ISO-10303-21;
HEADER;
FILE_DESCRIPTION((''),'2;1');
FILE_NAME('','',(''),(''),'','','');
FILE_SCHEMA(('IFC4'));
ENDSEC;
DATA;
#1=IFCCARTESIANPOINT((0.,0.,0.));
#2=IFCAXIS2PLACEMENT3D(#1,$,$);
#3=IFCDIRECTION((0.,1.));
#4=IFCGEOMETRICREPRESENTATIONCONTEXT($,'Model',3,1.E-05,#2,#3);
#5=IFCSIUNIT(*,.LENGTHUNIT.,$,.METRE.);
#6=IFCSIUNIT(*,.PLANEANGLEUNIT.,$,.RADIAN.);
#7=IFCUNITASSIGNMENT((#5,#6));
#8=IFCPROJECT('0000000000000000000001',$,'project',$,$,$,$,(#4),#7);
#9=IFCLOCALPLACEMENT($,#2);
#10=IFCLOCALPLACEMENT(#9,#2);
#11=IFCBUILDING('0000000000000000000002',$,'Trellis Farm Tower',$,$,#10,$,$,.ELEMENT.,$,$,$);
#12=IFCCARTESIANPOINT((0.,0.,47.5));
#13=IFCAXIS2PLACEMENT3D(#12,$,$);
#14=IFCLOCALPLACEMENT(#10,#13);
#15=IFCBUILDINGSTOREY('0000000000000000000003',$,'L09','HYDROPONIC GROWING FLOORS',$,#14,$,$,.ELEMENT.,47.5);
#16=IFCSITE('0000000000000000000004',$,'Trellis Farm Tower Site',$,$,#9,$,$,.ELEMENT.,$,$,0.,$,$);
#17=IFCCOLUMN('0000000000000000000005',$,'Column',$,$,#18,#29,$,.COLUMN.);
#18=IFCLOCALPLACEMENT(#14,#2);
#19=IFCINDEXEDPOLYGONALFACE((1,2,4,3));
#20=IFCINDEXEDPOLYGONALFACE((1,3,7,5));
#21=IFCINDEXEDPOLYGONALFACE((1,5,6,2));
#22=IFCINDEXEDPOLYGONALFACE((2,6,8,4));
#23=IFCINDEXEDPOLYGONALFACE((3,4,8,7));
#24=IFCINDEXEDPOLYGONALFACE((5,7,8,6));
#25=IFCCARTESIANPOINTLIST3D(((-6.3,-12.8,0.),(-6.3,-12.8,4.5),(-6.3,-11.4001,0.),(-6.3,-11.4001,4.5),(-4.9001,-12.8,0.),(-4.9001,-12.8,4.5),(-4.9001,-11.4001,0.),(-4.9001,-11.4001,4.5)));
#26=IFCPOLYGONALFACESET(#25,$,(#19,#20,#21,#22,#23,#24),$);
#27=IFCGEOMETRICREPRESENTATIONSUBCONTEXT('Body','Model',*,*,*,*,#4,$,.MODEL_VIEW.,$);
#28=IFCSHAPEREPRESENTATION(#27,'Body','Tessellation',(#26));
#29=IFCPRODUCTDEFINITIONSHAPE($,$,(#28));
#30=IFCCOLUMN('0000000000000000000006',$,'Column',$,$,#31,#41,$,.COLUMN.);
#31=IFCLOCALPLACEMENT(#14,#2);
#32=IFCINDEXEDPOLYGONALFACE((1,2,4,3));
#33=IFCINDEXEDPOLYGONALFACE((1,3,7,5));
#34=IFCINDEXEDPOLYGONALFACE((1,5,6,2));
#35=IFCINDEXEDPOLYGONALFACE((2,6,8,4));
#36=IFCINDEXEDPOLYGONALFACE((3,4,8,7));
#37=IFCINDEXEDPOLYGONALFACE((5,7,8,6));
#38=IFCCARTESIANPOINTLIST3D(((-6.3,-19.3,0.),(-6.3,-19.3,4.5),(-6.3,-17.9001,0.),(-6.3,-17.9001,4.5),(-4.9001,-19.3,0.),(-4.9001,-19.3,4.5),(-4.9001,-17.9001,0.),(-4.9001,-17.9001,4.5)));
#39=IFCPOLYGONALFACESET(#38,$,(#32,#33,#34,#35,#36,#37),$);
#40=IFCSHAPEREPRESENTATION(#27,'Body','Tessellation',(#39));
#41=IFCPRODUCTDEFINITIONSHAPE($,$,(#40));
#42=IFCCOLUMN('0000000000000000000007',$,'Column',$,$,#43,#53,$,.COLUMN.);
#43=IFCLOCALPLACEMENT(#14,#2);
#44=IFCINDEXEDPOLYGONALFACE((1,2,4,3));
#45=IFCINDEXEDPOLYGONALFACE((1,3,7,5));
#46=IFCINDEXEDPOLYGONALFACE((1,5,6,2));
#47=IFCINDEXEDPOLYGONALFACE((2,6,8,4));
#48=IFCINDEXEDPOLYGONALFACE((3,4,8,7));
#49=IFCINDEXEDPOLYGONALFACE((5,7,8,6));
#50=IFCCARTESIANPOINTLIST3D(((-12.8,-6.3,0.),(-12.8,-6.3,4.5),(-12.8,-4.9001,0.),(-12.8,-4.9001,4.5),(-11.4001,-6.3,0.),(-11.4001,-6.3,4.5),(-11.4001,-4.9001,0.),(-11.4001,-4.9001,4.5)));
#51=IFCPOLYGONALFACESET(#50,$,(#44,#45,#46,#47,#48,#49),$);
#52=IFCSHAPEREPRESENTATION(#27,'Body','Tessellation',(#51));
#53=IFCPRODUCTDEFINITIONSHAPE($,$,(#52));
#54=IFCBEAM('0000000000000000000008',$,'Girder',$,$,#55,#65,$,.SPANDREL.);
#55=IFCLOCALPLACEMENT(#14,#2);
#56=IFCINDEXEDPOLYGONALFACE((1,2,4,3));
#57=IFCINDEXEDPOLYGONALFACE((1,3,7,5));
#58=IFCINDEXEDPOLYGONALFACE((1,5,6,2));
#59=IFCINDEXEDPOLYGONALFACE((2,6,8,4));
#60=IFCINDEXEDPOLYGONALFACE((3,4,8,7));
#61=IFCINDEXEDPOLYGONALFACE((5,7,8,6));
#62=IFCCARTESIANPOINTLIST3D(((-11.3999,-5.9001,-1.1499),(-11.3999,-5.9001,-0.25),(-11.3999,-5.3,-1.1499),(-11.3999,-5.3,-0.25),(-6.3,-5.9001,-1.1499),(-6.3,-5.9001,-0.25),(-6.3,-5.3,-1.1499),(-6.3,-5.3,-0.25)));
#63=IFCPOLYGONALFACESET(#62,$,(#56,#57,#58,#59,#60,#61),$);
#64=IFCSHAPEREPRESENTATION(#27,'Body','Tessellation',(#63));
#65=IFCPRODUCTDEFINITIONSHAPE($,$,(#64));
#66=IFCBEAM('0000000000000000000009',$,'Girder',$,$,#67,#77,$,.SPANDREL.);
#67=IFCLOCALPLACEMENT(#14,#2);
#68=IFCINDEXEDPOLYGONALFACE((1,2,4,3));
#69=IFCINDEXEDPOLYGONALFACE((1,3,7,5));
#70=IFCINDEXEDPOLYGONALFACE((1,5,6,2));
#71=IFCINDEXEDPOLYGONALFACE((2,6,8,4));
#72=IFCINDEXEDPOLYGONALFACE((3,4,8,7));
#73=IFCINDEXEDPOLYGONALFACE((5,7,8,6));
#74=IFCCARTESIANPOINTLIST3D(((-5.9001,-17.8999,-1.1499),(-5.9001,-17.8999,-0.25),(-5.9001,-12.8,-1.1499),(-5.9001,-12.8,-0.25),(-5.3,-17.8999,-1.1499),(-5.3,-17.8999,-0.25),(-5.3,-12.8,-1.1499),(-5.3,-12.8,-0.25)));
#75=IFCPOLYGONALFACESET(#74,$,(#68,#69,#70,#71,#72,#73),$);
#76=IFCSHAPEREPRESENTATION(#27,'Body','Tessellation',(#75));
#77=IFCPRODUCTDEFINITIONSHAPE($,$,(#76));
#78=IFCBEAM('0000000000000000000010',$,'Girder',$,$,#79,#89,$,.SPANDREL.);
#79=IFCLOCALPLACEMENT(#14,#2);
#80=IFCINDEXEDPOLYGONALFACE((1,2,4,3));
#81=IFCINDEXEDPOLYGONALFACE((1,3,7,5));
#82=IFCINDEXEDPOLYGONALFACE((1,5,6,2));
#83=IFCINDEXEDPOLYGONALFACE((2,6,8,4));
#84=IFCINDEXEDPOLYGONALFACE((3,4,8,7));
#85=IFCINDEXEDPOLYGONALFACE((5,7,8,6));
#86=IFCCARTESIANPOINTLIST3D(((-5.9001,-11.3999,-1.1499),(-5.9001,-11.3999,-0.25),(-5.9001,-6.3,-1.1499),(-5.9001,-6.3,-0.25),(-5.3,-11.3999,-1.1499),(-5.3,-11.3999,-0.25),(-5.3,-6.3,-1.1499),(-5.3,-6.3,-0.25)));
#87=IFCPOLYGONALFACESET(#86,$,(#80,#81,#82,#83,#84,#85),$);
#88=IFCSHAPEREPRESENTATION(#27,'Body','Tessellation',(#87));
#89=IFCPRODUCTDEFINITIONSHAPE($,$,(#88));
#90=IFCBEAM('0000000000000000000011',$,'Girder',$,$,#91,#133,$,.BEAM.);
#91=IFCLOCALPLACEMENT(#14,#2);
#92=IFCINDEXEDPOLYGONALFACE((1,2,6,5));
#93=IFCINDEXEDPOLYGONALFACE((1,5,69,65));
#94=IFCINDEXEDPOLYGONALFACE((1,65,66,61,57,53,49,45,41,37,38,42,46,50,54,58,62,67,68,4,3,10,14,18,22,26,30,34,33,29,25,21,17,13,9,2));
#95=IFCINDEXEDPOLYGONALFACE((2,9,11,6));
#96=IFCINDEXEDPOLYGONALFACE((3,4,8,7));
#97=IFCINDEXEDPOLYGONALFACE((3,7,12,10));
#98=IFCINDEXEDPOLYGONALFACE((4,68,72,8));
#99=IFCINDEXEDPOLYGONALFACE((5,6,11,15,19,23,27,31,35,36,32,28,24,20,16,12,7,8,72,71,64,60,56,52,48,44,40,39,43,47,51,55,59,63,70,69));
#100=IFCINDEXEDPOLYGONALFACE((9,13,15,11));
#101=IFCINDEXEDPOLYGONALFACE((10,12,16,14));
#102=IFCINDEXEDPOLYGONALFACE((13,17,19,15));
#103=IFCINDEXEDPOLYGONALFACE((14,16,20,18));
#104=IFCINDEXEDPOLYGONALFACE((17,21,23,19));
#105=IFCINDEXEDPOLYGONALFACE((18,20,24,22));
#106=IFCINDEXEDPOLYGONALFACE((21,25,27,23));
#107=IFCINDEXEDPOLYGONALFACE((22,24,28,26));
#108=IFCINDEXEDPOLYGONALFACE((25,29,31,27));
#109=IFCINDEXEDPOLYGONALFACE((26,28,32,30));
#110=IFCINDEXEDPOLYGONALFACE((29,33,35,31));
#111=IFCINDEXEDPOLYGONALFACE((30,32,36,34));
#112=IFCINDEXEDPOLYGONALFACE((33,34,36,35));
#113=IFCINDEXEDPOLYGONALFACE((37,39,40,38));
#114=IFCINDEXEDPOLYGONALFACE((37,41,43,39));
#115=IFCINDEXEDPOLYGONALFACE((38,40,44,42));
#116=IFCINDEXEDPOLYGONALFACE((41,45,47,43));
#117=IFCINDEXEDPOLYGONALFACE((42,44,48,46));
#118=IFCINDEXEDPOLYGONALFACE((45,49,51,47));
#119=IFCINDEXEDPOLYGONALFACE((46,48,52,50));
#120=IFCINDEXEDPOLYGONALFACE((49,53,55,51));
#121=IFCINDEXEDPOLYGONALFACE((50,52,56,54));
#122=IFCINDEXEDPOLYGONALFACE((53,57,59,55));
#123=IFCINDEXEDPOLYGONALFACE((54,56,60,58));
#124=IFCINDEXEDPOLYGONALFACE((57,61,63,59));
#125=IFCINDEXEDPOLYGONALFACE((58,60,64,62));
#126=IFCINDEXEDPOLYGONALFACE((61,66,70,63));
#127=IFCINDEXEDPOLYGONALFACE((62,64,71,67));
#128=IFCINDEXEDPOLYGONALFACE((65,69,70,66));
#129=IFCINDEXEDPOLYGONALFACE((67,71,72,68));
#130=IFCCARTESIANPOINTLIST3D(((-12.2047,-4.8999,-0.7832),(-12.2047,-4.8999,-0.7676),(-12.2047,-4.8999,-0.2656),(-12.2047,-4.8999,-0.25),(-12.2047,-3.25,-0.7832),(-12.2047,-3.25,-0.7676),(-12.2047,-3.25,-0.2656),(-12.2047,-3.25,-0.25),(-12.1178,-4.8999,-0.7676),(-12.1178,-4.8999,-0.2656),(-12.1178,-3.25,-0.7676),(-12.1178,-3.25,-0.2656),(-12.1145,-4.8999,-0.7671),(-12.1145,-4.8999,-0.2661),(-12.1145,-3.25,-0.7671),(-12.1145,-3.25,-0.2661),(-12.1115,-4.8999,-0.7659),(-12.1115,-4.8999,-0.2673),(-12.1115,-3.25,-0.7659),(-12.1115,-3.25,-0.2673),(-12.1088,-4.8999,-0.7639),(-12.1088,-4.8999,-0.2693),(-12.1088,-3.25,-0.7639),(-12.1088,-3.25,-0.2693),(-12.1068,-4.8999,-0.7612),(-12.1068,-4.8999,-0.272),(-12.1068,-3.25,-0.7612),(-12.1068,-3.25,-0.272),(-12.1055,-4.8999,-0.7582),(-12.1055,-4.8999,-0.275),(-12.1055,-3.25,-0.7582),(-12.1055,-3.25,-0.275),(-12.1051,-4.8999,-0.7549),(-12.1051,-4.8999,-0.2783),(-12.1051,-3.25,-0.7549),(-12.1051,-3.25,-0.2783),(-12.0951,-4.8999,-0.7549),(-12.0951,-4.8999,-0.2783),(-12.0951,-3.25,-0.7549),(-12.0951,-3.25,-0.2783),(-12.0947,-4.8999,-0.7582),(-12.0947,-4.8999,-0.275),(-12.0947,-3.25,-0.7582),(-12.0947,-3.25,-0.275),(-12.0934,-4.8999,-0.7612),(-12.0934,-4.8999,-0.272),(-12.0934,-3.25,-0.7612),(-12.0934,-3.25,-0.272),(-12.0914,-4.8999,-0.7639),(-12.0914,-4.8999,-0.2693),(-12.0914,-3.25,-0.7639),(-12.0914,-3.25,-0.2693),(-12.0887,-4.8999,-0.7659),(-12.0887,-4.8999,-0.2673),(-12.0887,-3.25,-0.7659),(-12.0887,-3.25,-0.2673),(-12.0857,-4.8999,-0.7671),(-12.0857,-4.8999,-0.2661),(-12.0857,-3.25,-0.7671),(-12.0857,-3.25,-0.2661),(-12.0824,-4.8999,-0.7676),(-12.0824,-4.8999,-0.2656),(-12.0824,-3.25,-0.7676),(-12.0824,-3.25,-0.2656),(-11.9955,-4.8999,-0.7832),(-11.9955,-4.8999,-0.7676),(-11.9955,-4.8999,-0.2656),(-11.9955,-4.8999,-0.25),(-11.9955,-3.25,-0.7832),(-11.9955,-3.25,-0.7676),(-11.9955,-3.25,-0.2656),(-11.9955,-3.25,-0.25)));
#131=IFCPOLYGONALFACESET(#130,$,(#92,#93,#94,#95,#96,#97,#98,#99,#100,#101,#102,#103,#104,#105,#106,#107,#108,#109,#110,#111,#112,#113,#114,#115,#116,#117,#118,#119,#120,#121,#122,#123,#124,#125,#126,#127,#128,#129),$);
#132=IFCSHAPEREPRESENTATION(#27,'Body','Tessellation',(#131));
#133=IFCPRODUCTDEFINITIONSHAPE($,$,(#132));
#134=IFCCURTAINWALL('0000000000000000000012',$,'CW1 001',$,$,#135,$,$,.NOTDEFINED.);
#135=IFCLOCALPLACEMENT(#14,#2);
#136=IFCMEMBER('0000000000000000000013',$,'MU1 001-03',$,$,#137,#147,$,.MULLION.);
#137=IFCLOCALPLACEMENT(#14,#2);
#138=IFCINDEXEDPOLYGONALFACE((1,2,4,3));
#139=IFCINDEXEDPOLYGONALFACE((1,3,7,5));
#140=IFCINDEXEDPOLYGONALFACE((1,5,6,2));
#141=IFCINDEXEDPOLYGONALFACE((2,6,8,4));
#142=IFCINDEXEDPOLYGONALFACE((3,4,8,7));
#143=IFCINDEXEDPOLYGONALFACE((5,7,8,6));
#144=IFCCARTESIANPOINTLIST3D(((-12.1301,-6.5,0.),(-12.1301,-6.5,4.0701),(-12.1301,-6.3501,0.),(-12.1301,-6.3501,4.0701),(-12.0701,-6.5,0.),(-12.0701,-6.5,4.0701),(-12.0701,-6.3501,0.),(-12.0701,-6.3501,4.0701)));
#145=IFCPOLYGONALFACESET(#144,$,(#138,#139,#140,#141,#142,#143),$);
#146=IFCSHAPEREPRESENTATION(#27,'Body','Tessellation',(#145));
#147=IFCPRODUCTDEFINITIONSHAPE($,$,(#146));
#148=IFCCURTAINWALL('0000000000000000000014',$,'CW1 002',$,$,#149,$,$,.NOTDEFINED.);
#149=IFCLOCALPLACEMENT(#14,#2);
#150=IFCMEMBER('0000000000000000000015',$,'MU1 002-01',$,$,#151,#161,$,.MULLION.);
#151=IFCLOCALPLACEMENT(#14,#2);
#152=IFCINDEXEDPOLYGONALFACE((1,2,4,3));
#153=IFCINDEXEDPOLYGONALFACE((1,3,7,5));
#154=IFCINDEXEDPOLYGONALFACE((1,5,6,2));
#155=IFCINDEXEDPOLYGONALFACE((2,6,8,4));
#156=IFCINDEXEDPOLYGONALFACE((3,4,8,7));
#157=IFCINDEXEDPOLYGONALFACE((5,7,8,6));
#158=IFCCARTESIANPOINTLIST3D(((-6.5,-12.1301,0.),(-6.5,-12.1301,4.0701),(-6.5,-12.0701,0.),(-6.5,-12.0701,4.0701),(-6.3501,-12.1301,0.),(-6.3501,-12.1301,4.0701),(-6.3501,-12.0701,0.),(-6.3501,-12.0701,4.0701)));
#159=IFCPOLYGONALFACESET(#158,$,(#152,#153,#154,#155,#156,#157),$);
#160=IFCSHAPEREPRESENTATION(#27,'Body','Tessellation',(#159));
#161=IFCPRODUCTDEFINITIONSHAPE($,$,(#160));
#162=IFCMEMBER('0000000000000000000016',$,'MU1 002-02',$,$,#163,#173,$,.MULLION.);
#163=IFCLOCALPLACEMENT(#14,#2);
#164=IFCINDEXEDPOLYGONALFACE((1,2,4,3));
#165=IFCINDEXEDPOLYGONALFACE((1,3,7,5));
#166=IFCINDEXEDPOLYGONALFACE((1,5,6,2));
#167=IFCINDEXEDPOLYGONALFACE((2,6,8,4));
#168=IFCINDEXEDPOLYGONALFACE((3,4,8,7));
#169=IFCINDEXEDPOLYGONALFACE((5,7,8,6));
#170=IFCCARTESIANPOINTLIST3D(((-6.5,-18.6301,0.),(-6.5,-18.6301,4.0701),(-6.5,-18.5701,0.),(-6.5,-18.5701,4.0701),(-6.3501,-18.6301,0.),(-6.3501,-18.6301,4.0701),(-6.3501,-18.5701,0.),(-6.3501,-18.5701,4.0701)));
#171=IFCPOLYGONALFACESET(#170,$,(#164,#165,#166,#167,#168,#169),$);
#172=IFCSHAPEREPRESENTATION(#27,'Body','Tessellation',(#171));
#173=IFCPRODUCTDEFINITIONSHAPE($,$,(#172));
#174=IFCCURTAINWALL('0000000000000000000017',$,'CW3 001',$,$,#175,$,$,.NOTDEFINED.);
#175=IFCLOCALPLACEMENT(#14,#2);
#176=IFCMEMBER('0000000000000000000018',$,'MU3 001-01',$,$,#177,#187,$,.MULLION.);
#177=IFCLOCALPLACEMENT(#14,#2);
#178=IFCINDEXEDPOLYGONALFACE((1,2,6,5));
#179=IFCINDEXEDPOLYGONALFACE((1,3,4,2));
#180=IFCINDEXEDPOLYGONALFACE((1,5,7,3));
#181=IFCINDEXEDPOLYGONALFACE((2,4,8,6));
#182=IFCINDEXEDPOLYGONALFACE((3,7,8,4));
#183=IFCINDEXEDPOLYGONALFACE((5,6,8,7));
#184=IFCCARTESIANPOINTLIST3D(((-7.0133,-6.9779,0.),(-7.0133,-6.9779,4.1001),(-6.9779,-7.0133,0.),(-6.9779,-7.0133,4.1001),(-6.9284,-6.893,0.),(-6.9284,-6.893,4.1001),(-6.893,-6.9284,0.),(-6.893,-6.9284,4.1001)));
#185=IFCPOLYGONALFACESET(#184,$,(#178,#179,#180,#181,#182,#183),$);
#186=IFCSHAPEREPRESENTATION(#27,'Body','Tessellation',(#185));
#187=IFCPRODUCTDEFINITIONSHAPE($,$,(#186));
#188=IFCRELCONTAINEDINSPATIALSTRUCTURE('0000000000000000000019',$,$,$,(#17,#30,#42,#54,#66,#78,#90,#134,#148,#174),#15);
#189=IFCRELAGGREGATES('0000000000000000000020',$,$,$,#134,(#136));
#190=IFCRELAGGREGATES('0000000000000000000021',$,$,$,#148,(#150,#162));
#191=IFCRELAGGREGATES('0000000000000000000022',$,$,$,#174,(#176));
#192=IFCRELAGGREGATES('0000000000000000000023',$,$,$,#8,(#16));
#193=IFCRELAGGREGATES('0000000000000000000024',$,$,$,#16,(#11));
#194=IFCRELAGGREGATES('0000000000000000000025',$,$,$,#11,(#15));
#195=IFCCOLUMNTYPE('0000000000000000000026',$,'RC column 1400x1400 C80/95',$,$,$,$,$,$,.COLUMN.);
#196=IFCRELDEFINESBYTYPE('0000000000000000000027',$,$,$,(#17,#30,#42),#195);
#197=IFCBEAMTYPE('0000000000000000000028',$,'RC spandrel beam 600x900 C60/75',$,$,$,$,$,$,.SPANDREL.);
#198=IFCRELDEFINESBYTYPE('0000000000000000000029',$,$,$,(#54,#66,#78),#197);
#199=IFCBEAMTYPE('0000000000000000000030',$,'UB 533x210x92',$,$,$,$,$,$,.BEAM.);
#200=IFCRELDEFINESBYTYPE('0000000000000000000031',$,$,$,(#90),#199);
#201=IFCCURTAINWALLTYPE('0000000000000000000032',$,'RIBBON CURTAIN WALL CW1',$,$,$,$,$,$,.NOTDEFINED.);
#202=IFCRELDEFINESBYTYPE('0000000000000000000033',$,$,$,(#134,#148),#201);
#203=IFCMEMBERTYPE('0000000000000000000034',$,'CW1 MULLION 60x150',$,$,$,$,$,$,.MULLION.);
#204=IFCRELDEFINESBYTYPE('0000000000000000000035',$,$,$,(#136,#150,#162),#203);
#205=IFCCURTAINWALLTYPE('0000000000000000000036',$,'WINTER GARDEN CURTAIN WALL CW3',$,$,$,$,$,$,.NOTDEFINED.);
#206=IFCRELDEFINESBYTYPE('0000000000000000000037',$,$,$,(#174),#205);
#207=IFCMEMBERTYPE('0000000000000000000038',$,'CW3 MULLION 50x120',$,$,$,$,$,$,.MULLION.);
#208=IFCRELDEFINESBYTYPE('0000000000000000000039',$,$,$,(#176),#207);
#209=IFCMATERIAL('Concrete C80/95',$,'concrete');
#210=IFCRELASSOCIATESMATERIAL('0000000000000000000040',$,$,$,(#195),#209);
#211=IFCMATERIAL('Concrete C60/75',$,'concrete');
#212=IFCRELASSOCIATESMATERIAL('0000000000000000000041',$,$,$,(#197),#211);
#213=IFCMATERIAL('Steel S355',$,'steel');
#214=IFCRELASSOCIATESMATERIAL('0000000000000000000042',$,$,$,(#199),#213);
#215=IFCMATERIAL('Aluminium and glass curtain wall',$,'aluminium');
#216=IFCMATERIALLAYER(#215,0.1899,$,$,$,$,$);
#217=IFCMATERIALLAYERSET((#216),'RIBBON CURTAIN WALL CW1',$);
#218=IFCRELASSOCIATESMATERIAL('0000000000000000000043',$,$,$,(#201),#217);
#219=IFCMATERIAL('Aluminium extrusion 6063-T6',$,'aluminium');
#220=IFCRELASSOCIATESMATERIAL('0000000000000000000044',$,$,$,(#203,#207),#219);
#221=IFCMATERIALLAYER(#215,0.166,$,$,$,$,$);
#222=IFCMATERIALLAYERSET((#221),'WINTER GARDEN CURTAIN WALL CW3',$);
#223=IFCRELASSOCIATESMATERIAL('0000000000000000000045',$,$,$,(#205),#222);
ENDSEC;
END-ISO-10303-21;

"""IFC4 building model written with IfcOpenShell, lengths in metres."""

from ifc_helpers import new_model, si_unit, direction, frame, origin, origin_2d, place, context, subcontext, project, spatial, rectangle, i_section, extrude, source, transform, mapped, material, layer, layer_set, material_profile, profile_set, type_object, element, aggregate, save


model = new_model("IFC4")

# Units and contexts
model_context = context("Model", 3, precision=1e-05, world=origin(), true_north=direction((0.0, 1.0)))
body_context = subcontext(model_context, "Body", "Model", "MODEL_VIEW")
ifc_project = project(units=[si_unit("LENGTHUNIT", "METRE"), si_unit("PLANEANGLEUNIT", "RADIAN")], contexts=[model_context])

# Site, building, storey
site_placement = place(None, origin())
site = spatial("IfcSite", under=ifc_project, at=site_placement, Name="Trellis Farm Tower Site", CompositionType="ELEMENT", RefElevation=0.0)
building_placement = place(site_placement, origin())
building = spatial("IfcBuilding", under=site, at=building_placement, Name="Trellis Farm Tower", CompositionType="ELEMENT")
storey_placement = place(building_placement, frame((0.0, 0.0, 47.5)))
storey = spatial("IfcBuildingStorey", under=building, at=storey_placement, Name="L09", Description="HYDROPONIC GROWING FLOORS", CompositionType="ELEMENT", Elevation=47.5)

# Columns
ifc_material_1 = material(Name="Concrete C80/95", Category="concrete")
ifc_material_profile_1 = material_profile(ifc_material_1, rectangle(XDim=1.3999, YDim=1.3999, at=origin_2d()), Name="RC column 1400x1400 C80/95")
ifc_profile_set_1 = profile_set([ifc_material_profile_1], Name="Concrete C80/95")
column_type = type_object("IfcColumnType", Name="RC column 1400x1400 C80/95", PredefinedType="COLUMN", material=ifc_profile_set_1)
shared_shape_1 = source(origin(), body_context, "Body", "SweptSolid", [
    extrude(rectangle(XDim=1.3999, YDim=1.3999, at=origin_2d()), origin(), (0.0, 0.0, 1.0), 4.5),
])
for number, where, z_axis, x_axis, name in (
    (1, (-5.6001, -12.1001, 0.0), (0.0, 0.0, 1.0), (1.0, 0.0, 0.0), "Column"),
    (2, (-5.6001, -18.6001, 0.0), (0.0, 0.0, 1.0), (1.0, 0.0, 0.0), "Column"),
    (3, (-12.1001, -5.6001, 0.0), (0.0, 0.0, 1.0), (1.0, 0.0, 0.0), "Column"),
):
    element("IfcColumn", number, at=place(storey_placement, frame(where, z_axis=z_axis, x_axis=x_axis)), inside=storey, type_object=column_type, Name=name, PredefinedType="COLUMN", context=body_context, shape_type="MappedRepresentation", body=[
        mapped(shared_shape_1, transform((0.0, 0.0, 0.0))),
    ])

# Beams
ifc_material_2 = material(Name="Concrete C60/75", Category="concrete")
ifc_material_profile_2 = material_profile(ifc_material_2, rectangle(XDim=0.6001, YDim=0.8999, at=origin_2d()), Name="RC spandrel beam 600x900 C60/75")
ifc_profile_set_2 = profile_set([ifc_material_profile_2], Name="Concrete C60/75")
beam_type_1 = type_object("IfcBeamType", Name="RC spandrel beam 600x900 C60/75", PredefinedType="SPANDREL", material=ifc_profile_set_2)
shared_shape_2 = source(origin(), body_context, "Body", "SweptSolid", [
    extrude(rectangle(XDim=0.6001, YDim=0.8999, at=origin_2d()), origin(), (0.0, 0.0, 1.0), 5.0999),
])
for number, where, z_axis, x_axis, name in (
    (4, (-11.3999, -5.6001, -0.7), (1.0, 0.0, 0.0), (0.0, 1.0, 0.0), "Girder"),
    (5, (-5.6001, -17.8999, -0.7), (0.0, 1.0, 0.0), (-1.0, 0.0, 0.0), "Girder"),
    (6, (-5.6001, -11.3999, -0.7), (0.0, 1.0, 0.0), (-1.0, 0.0, 0.0), "Girder"),
):
    element("IfcBeam", number, at=place(storey_placement, frame(where, z_axis=z_axis, x_axis=x_axis)), inside=storey, type_object=beam_type_1, Name=name, PredefinedType="SPANDREL", context=body_context, shape_type="MappedRepresentation", body=[
        mapped(shared_shape_2, transform((0.0, 0.0, 0.0))),
    ])
ifc_material_3 = material(Name="Steel S355", Category="steel")
ifc_material_profile_3 = material_profile(ifc_material_3, i_section(OverallWidth=0.2092, OverallDepth=0.5332, WebThickness=0.01, FlangeThickness=0.0156, FilletRadius=0.0127, at=origin_2d()), Name="UB 533x210x92")
ifc_profile_set_3 = profile_set([ifc_material_profile_3], Name="Steel S355")
beam_type_2 = type_object("IfcBeamType", Name="UB 533x210x92", PredefinedType="BEAM", material=ifc_profile_set_3)
shared_shape_3 = source(origin(), body_context, "Body", "SweptSolid", [
    extrude(i_section(OverallWidth=0.2092, OverallDepth=0.5332, WebThickness=0.01, FlangeThickness=0.0156, FilletRadius=0.0127, at=origin_2d()), origin(), (0.0, 0.0, 1.0), 1.6499),
])
beam_placement = place(storey_placement, frame((-12.1001, -4.8999, -0.5166), z_axis=(0.0, 1.0, 0.0), x_axis=(-1.0, 0.0, 0.0)))
element("IfcBeam", 7, at=beam_placement, inside=storey, type_object=beam_type_2, Name="Girder", PredefinedType="BEAM", context=body_context, shape_type="MappedRepresentation", body=[
    mapped(shared_shape_3, transform((0.0, 0.0, 0.0))),
])

# Curtain wall, member
ifc_material_4 = material(Name="Aluminium and glass curtain wall", Category="aluminium")
ifc_layer_1 = layer(ifc_material_4, 0.1899)
ifc_layer_set_1 = layer_set([ifc_layer_1], Name="RIBBON CURTAIN WALL CW1")
curtain_wall_type_1 = type_object("IfcCurtainWallType", Name="RIBBON CURTAIN WALL CW1", PredefinedType="NOTDEFINED", material=ifc_layer_set_1)
placement = place(storey_placement, origin())
curtain_wall_1 = element("IfcCurtainWall", 8, at=placement, inside=storey, type_object=curtain_wall_type_1, Name="CW1 001", PredefinedType="NOTDEFINED")
ifc_material_5 = material(Name="Aluminium extrusion 6063-T6", Category="aluminium")
ifc_material_profile_4 = material_profile(ifc_material_5, rectangle(XDim=0.0601, YDim=0.1499, at=origin_2d()), Name="MULLION 60x150")
ifc_profile_set_4 = profile_set([ifc_material_profile_4], Name="Aluminium extrusion 6063-T6")
member_type_1 = type_object("IfcMemberType", Name="CW1 MULLION 60x150", PredefinedType="MULLION", material=ifc_profile_set_4)
shared_shape_4 = source(origin(), body_context, "Body", "SweptSolid", [
    extrude(rectangle(XDim=0.0601, YDim=0.1499, at=origin_2d()), origin(), (0.0, 0.0, 1.0), 4.0701),
])
member_1_placement = place(storey_placement, frame((-12.1001, -6.425, 0.0), z_axis=(0.0, 0.0, 1.0), x_axis=(1.0, 0.0, 0.0)))
member_1 = element("IfcMember", 9, at=member_1_placement, type_object=member_type_1, Name="MU1 001-03", PredefinedType="MULLION", context=body_context, shape_type="MappedRepresentation", body=[
    mapped(shared_shape_4, transform((0.0, 0.0, 0.0))),
])
aggregate(curtain_wall_1, [member_1])

# Curtain wall, members
curtain_wall_2 = element("IfcCurtainWall", 10, at=placement, inside=storey, type_object=curtain_wall_type_1, Name="CW1 002", PredefinedType="NOTDEFINED")
member_2_placement = place(storey_placement, frame((-6.425, -12.1001, 0.0), z_axis=(0.0, 0.0, 1.0), x_axis=(0.0, -1.0, 0.0)))
member_2 = element("IfcMember", 11, at=member_2_placement, type_object=member_type_1, Name="MU1 002-01", PredefinedType="MULLION", context=body_context, shape_type="MappedRepresentation", body=[
    mapped(shared_shape_4, transform((0.0, 0.0, 0.0))),
])
member_3_placement = place(storey_placement, frame((-6.425, -18.6001, 0.0), z_axis=(0.0, 0.0, 1.0), x_axis=(0.0, -1.0, 0.0)))
member_3 = element("IfcMember", 12, at=member_3_placement, type_object=member_type_1, Name="MU1 002-02", PredefinedType="MULLION", context=body_context, shape_type="MappedRepresentation", body=[
    mapped(shared_shape_4, transform((0.0, 0.0, 0.0))),
])
aggregate(curtain_wall_2, [member_2, member_3])

# Curtain wall, member
ifc_layer_2 = layer(ifc_material_4, 0.166)
ifc_layer_set_2 = layer_set([ifc_layer_2], Name="WINTER GARDEN CURTAIN WALL CW3")
curtain_wall_type_2 = type_object("IfcCurtainWallType", Name="WINTER GARDEN CURTAIN WALL CW3", PredefinedType="NOTDEFINED", material=ifc_layer_set_2)
curtain_wall_3 = element("IfcCurtainWall", 13, at=placement, inside=storey, type_object=curtain_wall_type_2, Name="CW3 001", PredefinedType="NOTDEFINED")
ifc_material_profile_5 = material_profile(ifc_material_5, rectangle(XDim=0.05, YDim=0.1201, at=origin_2d()), Name="MULLION 50x120")
ifc_profile_set_5 = profile_set([ifc_material_profile_5], Name="Aluminium extrusion 6063-T6")
member_type_2 = type_object("IfcMemberType", Name="CW3 MULLION 50x120", PredefinedType="MULLION", material=ifc_profile_set_5)
shared_shape_5 = source(origin(), body_context, "Body", "SweptSolid", [
    extrude(rectangle(XDim=0.05, YDim=0.1201, at=origin_2d()), origin(), (0.0, 0.0, 1.0), 4.1001),
])
member_4_placement = place(storey_placement, frame((-6.9531, -6.9531, 0.0), z_axis=(0.0, 0.0, 1.0), x_axis=(0.707107, -0.707107, 0.0)))
member_4 = element("IfcMember", 14, at=member_4_placement, type_object=member_type_2, Name="MU3 001-01", PredefinedType="MULLION", context=body_context, shape_type="MappedRepresentation", body=[
    mapped(shared_shape_5, transform((0.0, 0.0, 0.0))),
])
aggregate(curtain_wall_3, [member_4])

save(model, "model.ifc")
